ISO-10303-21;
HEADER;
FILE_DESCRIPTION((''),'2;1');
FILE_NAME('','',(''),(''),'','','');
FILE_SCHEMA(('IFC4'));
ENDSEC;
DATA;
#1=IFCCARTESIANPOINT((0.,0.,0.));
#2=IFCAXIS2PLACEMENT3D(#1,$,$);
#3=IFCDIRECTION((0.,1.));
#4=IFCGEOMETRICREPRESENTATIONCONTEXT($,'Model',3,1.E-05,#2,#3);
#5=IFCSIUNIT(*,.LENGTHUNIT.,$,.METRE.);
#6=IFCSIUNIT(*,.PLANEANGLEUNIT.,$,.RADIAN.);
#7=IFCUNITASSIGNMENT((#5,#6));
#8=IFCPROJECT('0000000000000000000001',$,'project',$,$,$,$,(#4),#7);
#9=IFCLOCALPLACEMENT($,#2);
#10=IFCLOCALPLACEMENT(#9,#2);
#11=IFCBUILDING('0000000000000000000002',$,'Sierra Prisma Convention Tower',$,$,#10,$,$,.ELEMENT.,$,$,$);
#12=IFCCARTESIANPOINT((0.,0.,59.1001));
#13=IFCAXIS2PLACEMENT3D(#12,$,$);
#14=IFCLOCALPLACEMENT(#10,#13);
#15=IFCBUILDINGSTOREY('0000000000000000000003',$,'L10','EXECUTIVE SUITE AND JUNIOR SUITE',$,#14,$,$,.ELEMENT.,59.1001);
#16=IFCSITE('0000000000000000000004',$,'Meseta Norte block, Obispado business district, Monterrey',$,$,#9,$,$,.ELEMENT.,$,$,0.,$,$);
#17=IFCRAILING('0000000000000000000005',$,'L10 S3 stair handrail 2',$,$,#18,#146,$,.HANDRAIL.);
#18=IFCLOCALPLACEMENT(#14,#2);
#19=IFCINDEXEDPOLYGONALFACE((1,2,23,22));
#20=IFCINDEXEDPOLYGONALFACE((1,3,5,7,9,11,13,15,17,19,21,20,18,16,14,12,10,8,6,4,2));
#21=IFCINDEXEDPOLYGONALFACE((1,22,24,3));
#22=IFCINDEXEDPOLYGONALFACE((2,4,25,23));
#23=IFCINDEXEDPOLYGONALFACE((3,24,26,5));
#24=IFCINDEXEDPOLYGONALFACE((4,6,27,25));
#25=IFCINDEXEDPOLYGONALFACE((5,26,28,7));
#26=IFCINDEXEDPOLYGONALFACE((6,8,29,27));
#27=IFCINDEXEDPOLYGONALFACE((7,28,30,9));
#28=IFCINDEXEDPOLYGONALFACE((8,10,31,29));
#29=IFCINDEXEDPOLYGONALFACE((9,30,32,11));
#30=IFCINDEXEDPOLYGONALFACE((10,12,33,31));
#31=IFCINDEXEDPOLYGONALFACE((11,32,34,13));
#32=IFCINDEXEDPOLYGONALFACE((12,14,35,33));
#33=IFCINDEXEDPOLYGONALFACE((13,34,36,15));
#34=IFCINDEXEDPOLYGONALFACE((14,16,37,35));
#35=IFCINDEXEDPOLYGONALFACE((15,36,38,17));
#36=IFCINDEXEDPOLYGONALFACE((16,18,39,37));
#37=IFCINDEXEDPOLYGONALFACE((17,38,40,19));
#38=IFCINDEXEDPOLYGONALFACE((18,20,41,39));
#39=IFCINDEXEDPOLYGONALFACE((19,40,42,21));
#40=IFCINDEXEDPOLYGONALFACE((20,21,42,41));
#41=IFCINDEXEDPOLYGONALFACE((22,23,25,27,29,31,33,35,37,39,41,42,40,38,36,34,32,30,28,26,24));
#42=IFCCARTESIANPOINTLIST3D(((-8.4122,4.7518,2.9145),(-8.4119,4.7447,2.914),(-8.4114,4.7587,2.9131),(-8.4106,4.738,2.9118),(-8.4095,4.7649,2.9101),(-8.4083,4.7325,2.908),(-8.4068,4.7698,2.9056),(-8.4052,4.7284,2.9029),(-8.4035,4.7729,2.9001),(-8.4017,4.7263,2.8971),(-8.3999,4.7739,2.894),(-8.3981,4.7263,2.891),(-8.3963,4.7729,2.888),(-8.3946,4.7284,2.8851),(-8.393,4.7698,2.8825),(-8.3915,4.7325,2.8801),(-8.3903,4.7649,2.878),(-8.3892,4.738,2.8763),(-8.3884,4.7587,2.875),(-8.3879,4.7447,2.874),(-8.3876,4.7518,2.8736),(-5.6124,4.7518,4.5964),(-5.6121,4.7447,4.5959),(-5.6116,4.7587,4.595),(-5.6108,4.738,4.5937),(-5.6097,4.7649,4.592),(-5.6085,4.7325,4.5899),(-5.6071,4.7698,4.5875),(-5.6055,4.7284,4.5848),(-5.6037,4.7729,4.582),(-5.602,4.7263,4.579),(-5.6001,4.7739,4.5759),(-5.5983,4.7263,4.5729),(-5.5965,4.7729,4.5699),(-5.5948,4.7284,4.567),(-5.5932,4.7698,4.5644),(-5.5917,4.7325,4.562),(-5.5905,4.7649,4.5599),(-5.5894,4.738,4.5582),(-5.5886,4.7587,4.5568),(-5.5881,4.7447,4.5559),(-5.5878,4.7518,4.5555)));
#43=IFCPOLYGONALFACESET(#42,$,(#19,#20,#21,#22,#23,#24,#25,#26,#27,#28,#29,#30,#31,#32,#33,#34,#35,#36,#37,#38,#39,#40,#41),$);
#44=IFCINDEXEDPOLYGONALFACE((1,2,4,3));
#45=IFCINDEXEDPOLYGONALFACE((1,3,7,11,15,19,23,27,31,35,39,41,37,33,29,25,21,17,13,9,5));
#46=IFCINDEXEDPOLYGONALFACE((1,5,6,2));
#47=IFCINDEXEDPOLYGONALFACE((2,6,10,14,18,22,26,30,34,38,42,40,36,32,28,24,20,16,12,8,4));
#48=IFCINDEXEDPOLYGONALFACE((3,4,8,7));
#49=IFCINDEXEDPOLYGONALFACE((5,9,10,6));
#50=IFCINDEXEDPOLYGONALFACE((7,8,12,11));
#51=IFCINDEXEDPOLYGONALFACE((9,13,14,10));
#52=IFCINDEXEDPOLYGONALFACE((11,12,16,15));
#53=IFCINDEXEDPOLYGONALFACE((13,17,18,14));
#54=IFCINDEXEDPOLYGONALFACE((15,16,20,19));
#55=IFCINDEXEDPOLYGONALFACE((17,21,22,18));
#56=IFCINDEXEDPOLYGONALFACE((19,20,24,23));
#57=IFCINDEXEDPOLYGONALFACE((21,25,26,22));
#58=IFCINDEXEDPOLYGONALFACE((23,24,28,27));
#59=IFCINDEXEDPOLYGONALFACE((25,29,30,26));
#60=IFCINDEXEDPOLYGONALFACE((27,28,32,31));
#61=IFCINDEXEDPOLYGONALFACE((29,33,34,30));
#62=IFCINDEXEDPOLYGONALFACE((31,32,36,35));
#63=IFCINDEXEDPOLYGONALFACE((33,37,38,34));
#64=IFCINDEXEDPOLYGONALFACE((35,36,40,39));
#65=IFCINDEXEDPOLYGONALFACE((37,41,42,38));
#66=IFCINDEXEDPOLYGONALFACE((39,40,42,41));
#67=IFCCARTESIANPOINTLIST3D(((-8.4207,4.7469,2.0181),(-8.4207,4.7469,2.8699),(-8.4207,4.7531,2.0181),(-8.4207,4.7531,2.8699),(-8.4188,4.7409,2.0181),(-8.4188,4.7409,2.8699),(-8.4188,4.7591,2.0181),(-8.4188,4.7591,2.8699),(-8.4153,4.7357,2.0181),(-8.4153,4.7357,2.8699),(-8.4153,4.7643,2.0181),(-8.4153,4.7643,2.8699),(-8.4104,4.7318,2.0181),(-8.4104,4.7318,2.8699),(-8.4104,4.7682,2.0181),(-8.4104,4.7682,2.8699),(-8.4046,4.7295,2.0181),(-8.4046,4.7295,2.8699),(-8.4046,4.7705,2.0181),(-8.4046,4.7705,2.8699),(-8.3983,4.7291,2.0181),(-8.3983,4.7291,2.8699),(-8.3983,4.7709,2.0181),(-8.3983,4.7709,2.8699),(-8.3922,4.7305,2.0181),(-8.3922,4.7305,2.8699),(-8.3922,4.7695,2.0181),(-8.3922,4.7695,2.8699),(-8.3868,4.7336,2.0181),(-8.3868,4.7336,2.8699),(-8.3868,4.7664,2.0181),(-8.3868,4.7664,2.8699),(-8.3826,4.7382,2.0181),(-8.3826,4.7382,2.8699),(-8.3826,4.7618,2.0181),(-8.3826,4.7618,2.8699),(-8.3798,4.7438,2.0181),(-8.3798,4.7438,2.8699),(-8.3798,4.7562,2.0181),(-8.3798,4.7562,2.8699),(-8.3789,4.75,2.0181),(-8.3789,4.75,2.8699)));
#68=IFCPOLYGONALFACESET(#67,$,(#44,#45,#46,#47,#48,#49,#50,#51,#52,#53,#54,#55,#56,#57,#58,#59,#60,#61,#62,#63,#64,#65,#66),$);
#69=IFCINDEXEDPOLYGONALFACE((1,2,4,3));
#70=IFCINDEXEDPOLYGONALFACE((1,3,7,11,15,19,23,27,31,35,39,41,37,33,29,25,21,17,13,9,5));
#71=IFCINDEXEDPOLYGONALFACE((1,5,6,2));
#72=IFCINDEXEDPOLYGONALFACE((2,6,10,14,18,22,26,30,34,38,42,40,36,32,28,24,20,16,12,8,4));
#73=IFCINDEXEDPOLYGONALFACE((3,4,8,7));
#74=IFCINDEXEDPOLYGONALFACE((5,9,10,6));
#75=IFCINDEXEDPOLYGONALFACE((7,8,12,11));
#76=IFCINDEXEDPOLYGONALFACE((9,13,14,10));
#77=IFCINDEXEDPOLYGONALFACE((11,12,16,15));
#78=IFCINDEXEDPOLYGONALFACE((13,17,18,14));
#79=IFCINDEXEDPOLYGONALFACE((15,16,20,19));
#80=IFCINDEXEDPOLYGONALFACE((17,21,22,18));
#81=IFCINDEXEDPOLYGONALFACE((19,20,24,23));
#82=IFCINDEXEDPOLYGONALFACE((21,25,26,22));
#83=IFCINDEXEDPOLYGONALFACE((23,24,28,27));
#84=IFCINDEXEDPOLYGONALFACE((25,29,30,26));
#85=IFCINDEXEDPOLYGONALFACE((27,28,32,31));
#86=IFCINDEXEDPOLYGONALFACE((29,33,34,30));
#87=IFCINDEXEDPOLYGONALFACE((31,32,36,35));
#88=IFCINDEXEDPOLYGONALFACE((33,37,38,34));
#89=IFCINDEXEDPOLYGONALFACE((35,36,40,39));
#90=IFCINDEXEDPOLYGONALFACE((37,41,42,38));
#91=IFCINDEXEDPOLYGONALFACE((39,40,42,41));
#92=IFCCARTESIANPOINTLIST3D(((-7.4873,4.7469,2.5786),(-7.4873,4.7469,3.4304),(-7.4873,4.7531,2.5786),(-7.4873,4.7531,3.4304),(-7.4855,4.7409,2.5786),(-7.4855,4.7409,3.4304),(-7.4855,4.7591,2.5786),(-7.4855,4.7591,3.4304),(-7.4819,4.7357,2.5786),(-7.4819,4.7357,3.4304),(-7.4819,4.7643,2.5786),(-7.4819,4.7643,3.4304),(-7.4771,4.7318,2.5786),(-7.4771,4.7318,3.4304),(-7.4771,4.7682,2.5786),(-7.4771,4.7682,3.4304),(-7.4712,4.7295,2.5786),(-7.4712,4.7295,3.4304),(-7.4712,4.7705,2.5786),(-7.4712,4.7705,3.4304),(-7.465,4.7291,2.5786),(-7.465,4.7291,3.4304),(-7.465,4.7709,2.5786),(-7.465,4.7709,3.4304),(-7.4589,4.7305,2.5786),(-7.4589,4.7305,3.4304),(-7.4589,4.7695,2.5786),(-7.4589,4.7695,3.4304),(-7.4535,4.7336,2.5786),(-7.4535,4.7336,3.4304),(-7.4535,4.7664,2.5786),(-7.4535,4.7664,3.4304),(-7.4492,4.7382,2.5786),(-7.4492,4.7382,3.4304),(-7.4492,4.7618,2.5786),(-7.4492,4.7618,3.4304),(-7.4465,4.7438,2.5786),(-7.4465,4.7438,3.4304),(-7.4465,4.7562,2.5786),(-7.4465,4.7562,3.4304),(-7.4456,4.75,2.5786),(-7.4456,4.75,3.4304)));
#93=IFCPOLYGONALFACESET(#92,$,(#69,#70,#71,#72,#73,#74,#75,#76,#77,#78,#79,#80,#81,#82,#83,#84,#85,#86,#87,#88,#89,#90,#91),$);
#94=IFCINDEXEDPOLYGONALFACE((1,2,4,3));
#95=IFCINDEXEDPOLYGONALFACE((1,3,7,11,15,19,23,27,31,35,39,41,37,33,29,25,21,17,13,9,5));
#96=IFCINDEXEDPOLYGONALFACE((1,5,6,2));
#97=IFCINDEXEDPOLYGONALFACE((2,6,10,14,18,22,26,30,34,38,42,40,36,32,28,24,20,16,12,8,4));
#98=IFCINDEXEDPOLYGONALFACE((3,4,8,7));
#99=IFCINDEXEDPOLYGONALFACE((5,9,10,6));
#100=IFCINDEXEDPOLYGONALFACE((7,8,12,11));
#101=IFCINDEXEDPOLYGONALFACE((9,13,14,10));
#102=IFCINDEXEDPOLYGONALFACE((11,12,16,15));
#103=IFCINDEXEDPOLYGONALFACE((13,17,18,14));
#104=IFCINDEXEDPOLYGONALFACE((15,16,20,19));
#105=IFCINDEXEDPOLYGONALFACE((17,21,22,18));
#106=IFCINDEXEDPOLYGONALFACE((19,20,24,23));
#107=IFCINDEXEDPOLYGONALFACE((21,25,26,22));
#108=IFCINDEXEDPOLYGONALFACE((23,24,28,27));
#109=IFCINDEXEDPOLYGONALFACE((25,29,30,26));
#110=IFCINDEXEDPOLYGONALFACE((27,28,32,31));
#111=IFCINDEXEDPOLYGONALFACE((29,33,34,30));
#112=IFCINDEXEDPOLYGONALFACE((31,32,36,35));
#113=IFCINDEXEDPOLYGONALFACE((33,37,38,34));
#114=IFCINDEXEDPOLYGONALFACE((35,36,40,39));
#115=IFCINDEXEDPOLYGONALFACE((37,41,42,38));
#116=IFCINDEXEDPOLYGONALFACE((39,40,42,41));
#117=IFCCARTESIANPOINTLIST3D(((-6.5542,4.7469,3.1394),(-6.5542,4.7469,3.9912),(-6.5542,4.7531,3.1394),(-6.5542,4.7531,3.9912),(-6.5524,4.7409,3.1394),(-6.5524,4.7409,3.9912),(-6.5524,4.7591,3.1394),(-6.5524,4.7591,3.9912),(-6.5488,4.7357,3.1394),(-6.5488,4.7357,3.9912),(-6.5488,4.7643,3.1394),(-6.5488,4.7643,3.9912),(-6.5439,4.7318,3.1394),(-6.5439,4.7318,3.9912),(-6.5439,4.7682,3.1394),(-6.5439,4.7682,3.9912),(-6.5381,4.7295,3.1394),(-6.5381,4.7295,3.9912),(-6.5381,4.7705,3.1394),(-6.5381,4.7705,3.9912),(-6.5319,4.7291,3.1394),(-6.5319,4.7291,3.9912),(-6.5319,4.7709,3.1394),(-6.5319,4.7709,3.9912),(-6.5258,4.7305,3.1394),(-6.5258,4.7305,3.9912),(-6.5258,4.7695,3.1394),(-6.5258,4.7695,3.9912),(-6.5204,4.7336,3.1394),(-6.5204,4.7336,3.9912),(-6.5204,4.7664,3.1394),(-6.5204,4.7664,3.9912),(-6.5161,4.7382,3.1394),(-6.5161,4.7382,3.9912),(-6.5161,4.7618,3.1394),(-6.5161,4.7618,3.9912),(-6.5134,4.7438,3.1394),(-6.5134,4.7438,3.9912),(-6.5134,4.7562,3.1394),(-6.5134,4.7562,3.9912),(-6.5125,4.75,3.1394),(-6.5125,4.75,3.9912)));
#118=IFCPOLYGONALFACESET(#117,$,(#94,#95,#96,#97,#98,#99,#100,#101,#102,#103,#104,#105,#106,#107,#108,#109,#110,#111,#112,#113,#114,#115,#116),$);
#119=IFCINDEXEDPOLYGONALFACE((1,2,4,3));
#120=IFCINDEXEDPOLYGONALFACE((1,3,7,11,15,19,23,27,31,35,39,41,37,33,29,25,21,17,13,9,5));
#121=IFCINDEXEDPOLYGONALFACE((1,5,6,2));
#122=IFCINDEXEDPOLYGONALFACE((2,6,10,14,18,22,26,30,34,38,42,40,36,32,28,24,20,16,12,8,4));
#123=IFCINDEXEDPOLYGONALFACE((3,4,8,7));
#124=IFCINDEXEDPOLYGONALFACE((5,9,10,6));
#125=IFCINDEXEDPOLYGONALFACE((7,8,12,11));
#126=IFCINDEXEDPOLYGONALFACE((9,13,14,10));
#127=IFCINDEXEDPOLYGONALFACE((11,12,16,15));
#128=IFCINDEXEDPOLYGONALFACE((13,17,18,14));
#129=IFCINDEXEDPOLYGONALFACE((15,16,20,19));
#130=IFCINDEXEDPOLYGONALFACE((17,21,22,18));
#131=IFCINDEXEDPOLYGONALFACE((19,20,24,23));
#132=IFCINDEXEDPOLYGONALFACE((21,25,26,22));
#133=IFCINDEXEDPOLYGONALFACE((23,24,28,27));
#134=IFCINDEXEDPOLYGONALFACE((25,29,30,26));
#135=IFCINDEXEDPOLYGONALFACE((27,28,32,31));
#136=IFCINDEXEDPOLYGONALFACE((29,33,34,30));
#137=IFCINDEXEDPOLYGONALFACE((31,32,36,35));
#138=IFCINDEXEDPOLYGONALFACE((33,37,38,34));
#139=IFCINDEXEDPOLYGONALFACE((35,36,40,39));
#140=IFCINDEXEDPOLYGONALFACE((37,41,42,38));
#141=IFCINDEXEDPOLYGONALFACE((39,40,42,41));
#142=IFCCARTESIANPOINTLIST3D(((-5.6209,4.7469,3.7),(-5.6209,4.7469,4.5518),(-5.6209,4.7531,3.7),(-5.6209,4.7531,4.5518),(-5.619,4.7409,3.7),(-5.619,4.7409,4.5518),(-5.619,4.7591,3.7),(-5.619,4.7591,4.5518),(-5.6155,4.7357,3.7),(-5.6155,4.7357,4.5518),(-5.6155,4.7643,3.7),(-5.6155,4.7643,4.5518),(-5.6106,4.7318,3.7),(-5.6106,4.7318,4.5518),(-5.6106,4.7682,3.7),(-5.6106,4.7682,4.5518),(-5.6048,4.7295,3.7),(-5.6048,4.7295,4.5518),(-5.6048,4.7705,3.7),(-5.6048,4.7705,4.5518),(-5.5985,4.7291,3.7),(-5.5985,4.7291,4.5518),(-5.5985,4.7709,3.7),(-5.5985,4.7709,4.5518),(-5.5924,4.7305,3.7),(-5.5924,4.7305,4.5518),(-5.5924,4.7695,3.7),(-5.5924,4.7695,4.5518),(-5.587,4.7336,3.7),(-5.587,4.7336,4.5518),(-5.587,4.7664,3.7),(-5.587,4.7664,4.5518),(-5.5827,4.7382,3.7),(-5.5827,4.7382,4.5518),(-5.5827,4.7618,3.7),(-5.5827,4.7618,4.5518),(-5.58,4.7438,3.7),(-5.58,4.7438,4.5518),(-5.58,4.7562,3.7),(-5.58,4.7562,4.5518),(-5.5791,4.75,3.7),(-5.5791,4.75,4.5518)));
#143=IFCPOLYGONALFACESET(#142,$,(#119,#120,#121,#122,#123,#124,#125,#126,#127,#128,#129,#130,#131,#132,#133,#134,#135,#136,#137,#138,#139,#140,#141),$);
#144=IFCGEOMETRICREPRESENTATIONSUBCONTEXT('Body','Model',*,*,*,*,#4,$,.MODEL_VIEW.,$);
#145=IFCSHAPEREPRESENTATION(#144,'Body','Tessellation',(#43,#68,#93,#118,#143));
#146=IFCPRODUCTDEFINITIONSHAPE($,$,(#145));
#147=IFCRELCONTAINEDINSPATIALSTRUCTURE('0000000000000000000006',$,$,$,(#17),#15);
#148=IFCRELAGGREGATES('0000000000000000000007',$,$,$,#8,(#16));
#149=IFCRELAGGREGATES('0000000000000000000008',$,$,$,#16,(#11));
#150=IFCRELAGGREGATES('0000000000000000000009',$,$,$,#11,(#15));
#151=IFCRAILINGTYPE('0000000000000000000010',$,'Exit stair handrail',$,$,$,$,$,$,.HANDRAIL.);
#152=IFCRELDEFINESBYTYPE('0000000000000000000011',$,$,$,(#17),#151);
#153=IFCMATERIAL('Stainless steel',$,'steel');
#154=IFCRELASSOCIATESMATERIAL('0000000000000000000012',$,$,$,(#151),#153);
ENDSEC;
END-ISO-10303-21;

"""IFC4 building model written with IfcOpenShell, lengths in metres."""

from ifc_helpers import new_model, si_unit, direction, frame, origin, origin_2d, place, context, subcontext, project, spatial, circle, extrude, material, type_object, element, save


model = new_model("IFC4")

# Units and contexts
model_context = context("Model", 3, precision=1e-05, world=origin(), true_north=direction((0.0, 1.0)))
body_context = subcontext(model_context, "Body", "Model", "MODEL_VIEW")
ifc_project = project(units=[si_unit("LENGTHUNIT", "METRE"), si_unit("PLANEANGLEUNIT", "RADIAN")], contexts=[model_context])

# Site, building, storey
site_placement = place(None, origin())
site = spatial("IfcSite", under=ifc_project, at=site_placement, Name="Meseta Norte block, Obispado business district, Monterrey", CompositionType="ELEMENT", RefElevation=0.0)
building_placement = place(site_placement, origin())
building = spatial("IfcBuilding", under=site, at=building_placement, Name="Sierra Prisma Convention Tower", CompositionType="ELEMENT")
storey_placement = place(building_placement, frame((0.0, 0.0, 59.1001)))
storey = spatial("IfcBuildingStorey", under=building, at=storey_placement, Name="L10", Description="EXECUTIVE SUITE AND JUNIOR SUITE", CompositionType="ELEMENT", Elevation=59.1001)

# Railing
ifc_material_1 = material(Name="Stainless steel", Category="steel")
railing_type_1 = type_object("IfcRailingType", Name="Exit stair handrail", PredefinedType="HANDRAIL", material=ifc_material_1)
railing_1_placement = place(storey_placement, frame((-8.3999, 4.75, 2.0181)))
element("IfcRailing", 1, at=railing_1_placement, inside=storey, type_object=railing_type_1, Name="L10 S3 stair handrail 2", PredefinedType="HANDRAIL", context=body_context, shape_type="SweptSolid", body=[
    extrude(circle(Radius=0.0239, at=origin_2d()), frame((0.0, 0.0, 0.876), z_axis=(0.857222, 0.0, 0.514946), x_axis=(0.0, 1.0, 0.0)), (0.0, 0.0, 1.0), 3.2661),
    extrude(circle(Radius=0.021, at=origin_2d()), origin(), (0.0, 0.0, 1.0), 0.8518),
    extrude(circle(Radius=0.021, at=origin_2d()), frame((0.9333, 0.0, 0.5605)), (0.0, 0.0, 1.0), 0.8518),
    extrude(circle(Radius=0.021, at=origin_2d()), frame((1.8665, 0.0, 1.1213)), (0.0, 0.0, 1.0), 0.8518),
    extrude(circle(Radius=0.021, at=origin_2d()), frame((2.7998, 0.0, 1.6819)), (0.0, 0.0, 1.0), 0.8518),
])

save(model, "model.ifc")
